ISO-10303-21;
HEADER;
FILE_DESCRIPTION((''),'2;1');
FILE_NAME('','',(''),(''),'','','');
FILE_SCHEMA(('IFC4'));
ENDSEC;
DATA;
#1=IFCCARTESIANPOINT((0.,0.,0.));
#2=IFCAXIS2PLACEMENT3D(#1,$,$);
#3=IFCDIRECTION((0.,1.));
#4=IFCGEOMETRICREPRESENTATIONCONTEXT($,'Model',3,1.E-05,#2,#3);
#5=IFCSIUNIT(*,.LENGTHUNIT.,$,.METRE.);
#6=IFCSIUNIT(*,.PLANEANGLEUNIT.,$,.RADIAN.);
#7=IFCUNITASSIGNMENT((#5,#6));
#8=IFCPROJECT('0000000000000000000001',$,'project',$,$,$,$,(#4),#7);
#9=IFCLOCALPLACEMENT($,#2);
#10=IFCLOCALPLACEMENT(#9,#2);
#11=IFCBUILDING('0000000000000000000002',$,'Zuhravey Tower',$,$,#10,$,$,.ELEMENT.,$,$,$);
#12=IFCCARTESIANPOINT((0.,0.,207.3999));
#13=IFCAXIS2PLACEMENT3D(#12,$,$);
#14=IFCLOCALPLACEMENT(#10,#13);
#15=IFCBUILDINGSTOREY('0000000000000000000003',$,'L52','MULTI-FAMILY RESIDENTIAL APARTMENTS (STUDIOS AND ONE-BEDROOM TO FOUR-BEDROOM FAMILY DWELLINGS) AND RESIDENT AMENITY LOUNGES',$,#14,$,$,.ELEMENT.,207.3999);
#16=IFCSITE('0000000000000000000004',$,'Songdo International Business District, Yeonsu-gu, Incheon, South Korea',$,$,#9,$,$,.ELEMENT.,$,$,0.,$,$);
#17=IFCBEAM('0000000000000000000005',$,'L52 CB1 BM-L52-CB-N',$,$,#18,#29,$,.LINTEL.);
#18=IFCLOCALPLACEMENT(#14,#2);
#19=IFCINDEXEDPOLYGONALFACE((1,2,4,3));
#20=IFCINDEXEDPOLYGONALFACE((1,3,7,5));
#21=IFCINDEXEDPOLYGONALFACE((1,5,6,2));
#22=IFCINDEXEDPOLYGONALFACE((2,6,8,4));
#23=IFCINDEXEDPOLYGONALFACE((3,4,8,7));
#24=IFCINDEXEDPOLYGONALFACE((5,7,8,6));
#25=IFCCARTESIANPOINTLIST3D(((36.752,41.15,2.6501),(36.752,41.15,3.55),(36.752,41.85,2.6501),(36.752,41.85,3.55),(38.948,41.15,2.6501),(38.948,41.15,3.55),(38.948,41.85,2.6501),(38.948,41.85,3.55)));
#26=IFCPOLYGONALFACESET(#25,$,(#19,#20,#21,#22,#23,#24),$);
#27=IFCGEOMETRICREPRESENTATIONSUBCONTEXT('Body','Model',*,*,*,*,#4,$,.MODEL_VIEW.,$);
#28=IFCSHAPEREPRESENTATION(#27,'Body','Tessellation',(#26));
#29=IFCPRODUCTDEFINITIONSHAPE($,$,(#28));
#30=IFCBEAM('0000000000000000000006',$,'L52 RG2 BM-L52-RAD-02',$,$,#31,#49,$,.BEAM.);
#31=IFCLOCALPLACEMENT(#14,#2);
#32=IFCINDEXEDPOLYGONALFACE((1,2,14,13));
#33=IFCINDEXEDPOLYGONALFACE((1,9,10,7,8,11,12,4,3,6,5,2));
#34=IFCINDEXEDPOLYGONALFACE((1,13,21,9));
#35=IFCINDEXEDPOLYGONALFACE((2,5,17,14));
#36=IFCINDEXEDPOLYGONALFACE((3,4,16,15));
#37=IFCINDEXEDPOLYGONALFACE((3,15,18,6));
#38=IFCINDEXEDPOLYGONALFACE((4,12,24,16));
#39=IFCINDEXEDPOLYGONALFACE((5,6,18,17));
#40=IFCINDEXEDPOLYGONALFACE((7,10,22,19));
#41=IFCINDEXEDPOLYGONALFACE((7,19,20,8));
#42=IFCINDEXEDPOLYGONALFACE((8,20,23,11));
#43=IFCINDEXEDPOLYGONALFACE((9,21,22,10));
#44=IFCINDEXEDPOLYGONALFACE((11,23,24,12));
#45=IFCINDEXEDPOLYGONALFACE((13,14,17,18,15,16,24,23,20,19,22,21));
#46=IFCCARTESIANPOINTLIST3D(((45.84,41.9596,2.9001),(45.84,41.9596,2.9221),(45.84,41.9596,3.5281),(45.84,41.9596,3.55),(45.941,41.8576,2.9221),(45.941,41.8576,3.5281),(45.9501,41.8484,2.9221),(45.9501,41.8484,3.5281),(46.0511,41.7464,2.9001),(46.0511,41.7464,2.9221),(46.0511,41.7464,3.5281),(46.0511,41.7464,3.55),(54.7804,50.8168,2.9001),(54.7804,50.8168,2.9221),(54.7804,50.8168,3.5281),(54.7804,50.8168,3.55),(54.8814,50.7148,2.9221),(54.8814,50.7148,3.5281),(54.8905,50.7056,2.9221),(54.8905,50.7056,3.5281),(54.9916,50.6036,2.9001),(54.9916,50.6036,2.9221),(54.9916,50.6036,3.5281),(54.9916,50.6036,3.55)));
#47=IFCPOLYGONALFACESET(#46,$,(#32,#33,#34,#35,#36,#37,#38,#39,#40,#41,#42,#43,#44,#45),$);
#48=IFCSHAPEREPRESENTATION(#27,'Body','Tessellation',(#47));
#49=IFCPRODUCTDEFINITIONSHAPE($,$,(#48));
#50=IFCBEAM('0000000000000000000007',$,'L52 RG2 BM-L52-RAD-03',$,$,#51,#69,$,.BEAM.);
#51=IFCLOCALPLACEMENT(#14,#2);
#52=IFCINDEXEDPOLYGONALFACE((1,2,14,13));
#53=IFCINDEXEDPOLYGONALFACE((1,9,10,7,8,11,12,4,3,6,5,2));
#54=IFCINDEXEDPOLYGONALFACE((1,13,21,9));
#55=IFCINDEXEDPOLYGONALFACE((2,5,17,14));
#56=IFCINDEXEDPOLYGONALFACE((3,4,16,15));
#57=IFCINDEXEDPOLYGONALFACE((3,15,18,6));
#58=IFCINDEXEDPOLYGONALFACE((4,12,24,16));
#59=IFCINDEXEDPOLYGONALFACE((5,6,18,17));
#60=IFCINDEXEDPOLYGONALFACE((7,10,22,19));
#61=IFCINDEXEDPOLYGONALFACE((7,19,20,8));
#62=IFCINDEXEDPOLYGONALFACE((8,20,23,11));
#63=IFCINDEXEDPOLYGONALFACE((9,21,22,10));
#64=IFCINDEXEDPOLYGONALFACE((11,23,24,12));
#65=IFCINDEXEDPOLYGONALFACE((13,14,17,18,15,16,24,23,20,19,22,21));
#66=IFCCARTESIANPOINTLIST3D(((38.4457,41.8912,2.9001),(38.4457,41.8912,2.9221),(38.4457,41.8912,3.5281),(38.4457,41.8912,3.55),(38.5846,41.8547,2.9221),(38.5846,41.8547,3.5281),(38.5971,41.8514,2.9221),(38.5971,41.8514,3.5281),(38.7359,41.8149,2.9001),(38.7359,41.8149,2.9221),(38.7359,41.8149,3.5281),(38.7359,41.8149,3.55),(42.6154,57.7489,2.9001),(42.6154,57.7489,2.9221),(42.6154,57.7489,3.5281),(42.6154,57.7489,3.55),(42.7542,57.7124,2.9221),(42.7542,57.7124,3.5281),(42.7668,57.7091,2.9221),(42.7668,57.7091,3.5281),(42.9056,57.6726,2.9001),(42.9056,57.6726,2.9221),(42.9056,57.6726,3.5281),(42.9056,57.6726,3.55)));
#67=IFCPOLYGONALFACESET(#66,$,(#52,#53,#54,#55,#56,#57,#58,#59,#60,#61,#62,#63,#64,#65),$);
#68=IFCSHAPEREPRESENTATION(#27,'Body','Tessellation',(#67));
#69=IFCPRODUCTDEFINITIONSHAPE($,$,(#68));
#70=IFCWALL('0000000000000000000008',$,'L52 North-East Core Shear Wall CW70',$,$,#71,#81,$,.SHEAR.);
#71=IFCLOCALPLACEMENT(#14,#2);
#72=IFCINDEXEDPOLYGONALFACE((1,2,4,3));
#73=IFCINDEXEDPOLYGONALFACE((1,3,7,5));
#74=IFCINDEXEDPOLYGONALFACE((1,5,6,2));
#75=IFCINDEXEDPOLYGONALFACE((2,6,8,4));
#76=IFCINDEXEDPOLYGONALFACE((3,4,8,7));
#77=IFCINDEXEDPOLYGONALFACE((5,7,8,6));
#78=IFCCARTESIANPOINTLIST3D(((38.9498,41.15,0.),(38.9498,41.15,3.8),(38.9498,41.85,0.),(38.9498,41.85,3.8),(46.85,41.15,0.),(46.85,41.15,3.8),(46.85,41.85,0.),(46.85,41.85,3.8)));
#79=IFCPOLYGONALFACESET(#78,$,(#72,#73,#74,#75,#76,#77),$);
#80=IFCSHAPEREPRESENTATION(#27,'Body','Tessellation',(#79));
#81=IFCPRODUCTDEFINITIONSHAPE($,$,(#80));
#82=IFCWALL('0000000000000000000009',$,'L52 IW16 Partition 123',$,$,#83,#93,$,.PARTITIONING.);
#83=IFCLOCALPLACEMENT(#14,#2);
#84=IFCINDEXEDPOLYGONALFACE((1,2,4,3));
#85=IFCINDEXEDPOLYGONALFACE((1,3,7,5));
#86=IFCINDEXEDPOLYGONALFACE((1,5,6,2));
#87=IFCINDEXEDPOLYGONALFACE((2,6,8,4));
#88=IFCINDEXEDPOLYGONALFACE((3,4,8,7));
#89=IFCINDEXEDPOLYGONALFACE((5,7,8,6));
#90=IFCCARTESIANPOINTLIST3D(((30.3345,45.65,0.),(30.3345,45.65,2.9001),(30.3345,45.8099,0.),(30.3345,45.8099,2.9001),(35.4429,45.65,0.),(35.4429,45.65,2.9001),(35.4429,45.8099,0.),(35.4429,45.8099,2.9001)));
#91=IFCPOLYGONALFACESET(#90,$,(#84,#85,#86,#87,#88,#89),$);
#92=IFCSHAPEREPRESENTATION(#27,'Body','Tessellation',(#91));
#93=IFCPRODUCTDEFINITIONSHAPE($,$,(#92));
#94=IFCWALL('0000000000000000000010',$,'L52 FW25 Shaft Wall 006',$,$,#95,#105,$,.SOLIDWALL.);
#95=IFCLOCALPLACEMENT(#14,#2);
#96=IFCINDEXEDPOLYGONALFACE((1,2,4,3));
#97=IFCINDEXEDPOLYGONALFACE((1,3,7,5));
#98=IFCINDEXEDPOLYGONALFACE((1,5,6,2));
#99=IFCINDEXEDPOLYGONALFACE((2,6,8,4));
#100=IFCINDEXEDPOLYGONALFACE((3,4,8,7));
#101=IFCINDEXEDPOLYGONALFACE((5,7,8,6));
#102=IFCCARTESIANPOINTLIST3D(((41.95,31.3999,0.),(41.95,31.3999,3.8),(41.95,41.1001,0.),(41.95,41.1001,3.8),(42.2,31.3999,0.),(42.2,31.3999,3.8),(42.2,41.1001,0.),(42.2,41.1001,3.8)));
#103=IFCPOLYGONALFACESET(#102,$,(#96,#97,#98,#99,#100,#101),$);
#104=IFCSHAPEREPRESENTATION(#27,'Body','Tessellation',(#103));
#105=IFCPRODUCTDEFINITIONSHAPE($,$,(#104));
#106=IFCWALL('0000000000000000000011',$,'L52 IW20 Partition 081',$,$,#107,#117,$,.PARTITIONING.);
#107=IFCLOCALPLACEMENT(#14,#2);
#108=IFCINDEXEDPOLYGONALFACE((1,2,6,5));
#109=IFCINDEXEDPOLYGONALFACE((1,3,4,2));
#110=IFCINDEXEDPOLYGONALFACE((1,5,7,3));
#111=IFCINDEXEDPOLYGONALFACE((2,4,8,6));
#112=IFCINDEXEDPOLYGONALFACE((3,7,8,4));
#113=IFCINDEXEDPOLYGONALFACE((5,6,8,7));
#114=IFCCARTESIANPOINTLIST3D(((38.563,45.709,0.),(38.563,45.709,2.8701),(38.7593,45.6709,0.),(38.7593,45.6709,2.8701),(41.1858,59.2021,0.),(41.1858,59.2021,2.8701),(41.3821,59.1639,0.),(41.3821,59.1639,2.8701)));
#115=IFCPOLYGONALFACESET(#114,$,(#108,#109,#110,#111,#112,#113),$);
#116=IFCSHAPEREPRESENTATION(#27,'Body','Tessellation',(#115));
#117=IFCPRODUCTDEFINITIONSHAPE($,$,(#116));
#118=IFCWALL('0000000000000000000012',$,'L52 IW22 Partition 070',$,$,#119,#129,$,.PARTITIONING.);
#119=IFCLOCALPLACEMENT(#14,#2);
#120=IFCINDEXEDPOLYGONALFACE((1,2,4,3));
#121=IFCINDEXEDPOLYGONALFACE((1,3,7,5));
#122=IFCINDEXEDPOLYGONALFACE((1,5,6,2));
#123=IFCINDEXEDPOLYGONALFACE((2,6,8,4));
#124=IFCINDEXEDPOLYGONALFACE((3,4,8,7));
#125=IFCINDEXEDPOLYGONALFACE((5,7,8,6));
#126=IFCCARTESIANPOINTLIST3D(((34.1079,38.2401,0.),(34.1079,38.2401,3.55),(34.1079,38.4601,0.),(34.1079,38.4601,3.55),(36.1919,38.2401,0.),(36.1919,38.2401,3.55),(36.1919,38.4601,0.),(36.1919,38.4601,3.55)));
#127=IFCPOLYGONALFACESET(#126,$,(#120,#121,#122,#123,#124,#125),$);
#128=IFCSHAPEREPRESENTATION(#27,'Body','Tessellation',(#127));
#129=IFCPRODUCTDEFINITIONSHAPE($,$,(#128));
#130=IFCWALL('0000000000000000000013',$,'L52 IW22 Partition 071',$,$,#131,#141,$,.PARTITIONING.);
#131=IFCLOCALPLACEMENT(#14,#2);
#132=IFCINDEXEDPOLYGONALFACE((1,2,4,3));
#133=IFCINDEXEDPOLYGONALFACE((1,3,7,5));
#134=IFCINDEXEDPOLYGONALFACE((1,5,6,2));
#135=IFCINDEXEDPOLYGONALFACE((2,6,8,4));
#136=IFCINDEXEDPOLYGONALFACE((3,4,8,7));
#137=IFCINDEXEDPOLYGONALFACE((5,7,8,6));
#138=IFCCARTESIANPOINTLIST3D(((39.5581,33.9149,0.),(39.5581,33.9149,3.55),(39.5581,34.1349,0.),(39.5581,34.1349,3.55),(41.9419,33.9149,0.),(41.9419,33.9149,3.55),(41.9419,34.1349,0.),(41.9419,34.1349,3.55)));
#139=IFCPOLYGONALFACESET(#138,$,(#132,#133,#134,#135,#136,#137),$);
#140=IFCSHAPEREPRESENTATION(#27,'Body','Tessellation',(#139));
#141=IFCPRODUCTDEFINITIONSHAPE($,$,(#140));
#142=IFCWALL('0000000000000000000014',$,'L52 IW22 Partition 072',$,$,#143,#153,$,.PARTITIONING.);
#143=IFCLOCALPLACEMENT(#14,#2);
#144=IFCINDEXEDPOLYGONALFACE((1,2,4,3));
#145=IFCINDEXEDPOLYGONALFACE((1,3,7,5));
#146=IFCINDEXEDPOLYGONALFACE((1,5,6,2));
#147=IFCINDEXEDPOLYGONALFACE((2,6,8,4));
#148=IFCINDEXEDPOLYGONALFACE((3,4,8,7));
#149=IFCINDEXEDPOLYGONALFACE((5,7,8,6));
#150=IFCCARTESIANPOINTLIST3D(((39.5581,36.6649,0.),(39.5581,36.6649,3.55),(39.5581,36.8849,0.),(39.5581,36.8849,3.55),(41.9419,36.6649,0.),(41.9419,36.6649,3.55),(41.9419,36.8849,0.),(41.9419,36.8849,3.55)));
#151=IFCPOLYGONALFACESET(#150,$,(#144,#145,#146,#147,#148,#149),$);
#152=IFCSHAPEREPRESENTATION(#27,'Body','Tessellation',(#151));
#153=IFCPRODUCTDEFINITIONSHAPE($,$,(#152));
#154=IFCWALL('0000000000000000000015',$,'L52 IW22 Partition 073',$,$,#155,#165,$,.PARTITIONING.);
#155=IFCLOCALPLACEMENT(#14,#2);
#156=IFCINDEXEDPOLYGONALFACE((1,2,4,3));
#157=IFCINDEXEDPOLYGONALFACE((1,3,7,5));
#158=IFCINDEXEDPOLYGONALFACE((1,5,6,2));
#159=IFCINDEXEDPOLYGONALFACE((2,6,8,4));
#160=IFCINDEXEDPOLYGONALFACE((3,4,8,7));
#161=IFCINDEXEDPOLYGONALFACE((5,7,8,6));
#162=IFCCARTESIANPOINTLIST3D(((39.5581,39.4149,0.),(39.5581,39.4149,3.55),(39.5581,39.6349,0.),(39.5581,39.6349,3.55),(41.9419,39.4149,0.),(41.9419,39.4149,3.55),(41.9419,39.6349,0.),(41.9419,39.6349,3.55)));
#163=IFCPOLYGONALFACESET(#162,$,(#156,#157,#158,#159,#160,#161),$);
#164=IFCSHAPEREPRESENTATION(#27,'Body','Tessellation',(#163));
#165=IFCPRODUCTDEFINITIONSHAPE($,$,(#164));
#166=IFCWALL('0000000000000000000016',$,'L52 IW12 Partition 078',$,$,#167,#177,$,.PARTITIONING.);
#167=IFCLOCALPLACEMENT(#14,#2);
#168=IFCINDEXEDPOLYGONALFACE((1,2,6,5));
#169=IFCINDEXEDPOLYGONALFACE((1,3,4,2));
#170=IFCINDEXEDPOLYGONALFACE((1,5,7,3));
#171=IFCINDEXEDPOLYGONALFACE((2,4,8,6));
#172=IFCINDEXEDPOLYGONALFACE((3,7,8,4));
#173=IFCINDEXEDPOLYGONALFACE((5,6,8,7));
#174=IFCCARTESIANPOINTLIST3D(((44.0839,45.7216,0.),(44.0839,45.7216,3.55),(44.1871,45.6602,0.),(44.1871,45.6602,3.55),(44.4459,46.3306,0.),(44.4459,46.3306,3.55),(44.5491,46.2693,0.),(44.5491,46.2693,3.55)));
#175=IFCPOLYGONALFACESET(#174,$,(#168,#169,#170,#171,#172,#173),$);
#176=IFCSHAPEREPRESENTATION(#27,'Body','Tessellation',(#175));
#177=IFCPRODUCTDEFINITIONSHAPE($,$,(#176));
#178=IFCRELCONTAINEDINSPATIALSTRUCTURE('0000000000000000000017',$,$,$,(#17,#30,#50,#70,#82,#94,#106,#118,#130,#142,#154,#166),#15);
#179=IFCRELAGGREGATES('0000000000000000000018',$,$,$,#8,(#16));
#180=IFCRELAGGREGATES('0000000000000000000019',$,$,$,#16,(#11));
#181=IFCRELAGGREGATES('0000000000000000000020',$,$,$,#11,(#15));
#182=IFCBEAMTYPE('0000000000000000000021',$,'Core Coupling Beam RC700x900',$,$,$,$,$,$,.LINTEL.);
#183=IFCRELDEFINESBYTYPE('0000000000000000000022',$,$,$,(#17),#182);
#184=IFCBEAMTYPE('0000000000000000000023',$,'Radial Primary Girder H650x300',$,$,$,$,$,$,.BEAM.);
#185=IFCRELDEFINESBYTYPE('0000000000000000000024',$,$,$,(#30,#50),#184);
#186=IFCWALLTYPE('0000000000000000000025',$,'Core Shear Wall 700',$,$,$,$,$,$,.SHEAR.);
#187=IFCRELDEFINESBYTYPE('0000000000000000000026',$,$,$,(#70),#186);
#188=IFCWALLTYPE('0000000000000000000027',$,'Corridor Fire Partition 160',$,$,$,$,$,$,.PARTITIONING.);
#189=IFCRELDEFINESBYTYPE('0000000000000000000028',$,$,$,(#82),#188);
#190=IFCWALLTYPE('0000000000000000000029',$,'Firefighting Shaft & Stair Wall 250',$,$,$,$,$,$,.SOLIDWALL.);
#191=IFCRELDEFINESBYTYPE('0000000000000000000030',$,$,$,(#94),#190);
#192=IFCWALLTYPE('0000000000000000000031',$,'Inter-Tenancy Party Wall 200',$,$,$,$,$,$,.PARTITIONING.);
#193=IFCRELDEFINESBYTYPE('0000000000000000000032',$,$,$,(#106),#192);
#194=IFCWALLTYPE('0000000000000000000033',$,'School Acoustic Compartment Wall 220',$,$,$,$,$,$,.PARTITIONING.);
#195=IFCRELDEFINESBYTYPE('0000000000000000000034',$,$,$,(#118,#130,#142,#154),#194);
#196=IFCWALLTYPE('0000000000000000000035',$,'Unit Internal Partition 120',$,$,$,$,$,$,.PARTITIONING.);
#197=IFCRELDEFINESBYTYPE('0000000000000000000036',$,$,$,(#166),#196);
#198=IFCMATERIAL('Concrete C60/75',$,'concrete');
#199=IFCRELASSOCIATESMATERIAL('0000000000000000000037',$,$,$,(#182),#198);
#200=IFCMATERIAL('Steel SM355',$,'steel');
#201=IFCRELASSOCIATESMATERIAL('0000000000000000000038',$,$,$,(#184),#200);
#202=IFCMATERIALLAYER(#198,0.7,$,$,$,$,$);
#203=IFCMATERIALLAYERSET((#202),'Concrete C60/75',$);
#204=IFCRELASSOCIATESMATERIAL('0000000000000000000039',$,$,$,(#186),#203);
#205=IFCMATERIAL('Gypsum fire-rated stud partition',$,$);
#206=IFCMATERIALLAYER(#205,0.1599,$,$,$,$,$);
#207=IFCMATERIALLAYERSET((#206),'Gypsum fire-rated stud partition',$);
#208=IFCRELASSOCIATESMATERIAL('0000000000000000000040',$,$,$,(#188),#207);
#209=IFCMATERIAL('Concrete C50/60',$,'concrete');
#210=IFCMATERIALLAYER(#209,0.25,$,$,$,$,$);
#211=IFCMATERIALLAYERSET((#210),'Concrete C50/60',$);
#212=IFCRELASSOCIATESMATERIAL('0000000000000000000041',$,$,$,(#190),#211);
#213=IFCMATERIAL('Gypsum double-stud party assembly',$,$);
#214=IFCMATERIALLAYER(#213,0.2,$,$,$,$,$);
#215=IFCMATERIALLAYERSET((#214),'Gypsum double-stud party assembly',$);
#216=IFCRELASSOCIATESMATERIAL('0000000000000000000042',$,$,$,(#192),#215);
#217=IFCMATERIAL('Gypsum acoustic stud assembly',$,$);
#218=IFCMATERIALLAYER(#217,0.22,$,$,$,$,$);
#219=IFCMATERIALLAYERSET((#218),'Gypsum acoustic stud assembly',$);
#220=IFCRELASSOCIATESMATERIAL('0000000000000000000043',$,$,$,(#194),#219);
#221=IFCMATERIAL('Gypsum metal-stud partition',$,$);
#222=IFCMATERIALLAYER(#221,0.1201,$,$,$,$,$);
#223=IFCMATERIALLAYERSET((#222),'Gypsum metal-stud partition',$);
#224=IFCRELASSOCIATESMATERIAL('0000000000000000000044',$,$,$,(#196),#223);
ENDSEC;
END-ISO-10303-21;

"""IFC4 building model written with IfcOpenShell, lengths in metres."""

from ifc_helpers import new_model, si_unit, direction, frame, frame_2d, origin, origin_2d, place, context, subcontext, project, spatial, rectangle, i_section, extrude, material, layer, layer_set, material_profile, profile_set, type_object, element, save


model = new_model("IFC4")

# Units and contexts
model_context = context("Model", 3, precision=1e-05, world=origin(), true_north=direction((0.0, 1.0)))
body_context = subcontext(model_context, "Body", "Model", "MODEL_VIEW")
ifc_project = project(units=[si_unit("LENGTHUNIT", "METRE"), si_unit("PLANEANGLEUNIT", "RADIAN")], contexts=[model_context])

# Site, building, storey
site_placement = place(None, origin())
site = spatial("IfcSite", under=ifc_project, at=site_placement, Name="Songdo International Business District, Yeonsu-gu, Incheon, South Korea", CompositionType="ELEMENT", RefElevation=0.0)
building_placement = place(site_placement, origin())
building = spatial("IfcBuilding", under=site, at=building_placement, Name="Zuhravey Tower", CompositionType="ELEMENT")
storey_placement = place(building_placement, frame((0.0, 0.0, 207.3999)))
storey = spatial("IfcBuildingStorey", under=building, at=storey_placement, Name="L52", Description="MULTI-FAMILY RESIDENTIAL APARTMENTS (STUDIOS AND ONE-BEDROOM TO FOUR-BEDROOM FAMILY DWELLINGS) AND RESIDENT AMENITY LOUNGES", CompositionType="ELEMENT", Elevation=207.3999)

# Beams
ifc_material_1 = material(Name="Concrete C60/75", Category="concrete")
ifc_material_profile_1 = material_profile(ifc_material_1, rectangle(XDim=0.7, YDim=0.8999, at=origin_2d()), Name="RC-700x900")
ifc_profile_set_1 = profile_set([ifc_material_profile_1], Name="Concrete C60/75")
beam_type_1 = type_object("IfcBeamType", Name="Core Coupling Beam RC700x900", PredefinedType="LINTEL", material=ifc_profile_set_1)
beam_1_placement = place(storey_placement, frame((36.752, 41.5, 3.1001), z_axis=(1.0, 0.0, 0.0), x_axis=(0.0, 1.0, 0.0)))
element("IfcBeam", 1, at=beam_1_placement, inside=storey, type_object=beam_type_1, Name="L52 CB1 BM-L52-CB-N", PredefinedType="LINTEL", context=body_context, shape_type="SweptSolid", body=[
    extrude(rectangle(XDim=0.7, YDim=0.8999, at=origin_2d()), origin(), (0.0, 0.0, 1.0), 2.196),
])
ifc_material_2 = material(Name="Steel SM355", Category="steel")
ifc_material_profile_2 = material_profile(ifc_material_2, i_section(OverallWidth=0.3, OverallDepth=0.6499, WebThickness=0.0129, FlangeThickness=0.022, at=origin_2d()), Name="H-650x300x13x22")
ifc_profile_set_2 = profile_set([ifc_material_profile_2], Name="Steel SM355")
beam_type_2 = type_object("IfcBeamType", Name="Radial Primary Girder H650x300", PredefinedType="BEAM", material=ifc_profile_set_2)
beam_2_placement = place(storey_placement, frame((45.9456, 41.853, 3.2251), z_axis=(0.710407, 0.703791, 0.0), x_axis=(-0.703791, 0.710407, 0.0)))
element("IfcBeam", 2, at=beam_2_placement, inside=storey, type_object=beam_type_2, Name="L52 RG2 BM-L52-RAD-02", PredefinedType="BEAM", context=body_context, shape_type="SweptSolid", body=[
    extrude(i_section(OverallWidth=0.3, OverallDepth=0.6499, WebThickness=0.0129, FlangeThickness=0.022, at=origin_2d()), origin(), (0.0, 0.0, 1.0), 12.585),
])
beam_3_placement = place(storey_placement, frame((38.5908, 41.853, 3.2251), z_axis=(0.2543, 0.967125, 0.0), x_axis=(-0.967125, 0.2543, 0.0)))
element("IfcBeam", 3, at=beam_3_placement, inside=storey, type_object=beam_type_2, Name="L52 RG2 BM-L52-RAD-03", PredefinedType="BEAM", context=body_context, shape_type="SweptSolid", body=[
    extrude(i_section(OverallWidth=0.3, OverallDepth=0.6499, WebThickness=0.0129, FlangeThickness=0.022, at=origin_2d()), origin(), (0.0, 0.0, 1.0), 16.3967),
])

# Wall
ifc_layer_1 = layer(ifc_material_1, 0.7)
ifc_layer_set_1 = layer_set([ifc_layer_1], Name="Concrete C60/75")
wall_type_1 = type_object("IfcWallType", Name="Core Shear Wall 700", PredefinedType="SHEAR", material=ifc_layer_set_1)
wall_1_placement = place(storey_placement, frame((46.8501, 41.5, 0.0), z_axis=(0.0, 0.0, 1.0), x_axis=(-1.0, 0.0, 0.0)))
element("IfcWall", 4, at=wall_1_placement, inside=storey, type_object=wall_type_1, Name="L52 North-East Core Shear Wall CW70", PredefinedType="SHEAR", context=body_context, shape_type="SweptSolid", body=[
    extrude(rectangle(XDim=7.9001, YDim=0.7, at=frame_2d((3.9502, 0.0))), origin(), (0.0, 0.0, 1.0), 3.8),
])

# Shared definitions
ifc_material_3 = material(Name="Gypsum fire-rated stud partition")
ifc_layer_2 = layer(ifc_material_3, 0.1599)
ifc_layer_set_2 = layer_set([ifc_layer_2], Name="Gypsum fire-rated stud partition")
wall_type_2 = type_object("IfcWallType", Name="Corridor Fire Partition 160", PredefinedType="PARTITIONING", material=ifc_layer_set_2)

# Wall
wall_2_placement = place(storey_placement, frame((35.4429, 45.73, 0.0), z_axis=(0.0, 0.0, 1.0), x_axis=(-1.0, 0.0, 0.0)))
element("IfcWall", 5, at=wall_2_placement, inside=storey, type_object=wall_type_2, Name="L52 IW16 Partition 123", PredefinedType="PARTITIONING", context=body_context, shape_type="SweptSolid", body=[
    extrude(rectangle(XDim=5.1084, YDim=0.1599, at=frame_2d((2.5542, 0.0))), origin(), (0.0, 0.0, 1.0), 2.9001),
])

# Shared definitions
ifc_material_4 = material(Name="Concrete C50/60", Category="concrete")
ifc_layer_3 = layer(ifc_material_4, 0.25)
ifc_layer_set_3 = layer_set([ifc_layer_3], Name="Concrete C50/60")
wall_type_3 = type_object("IfcWallType", Name="Firefighting Shaft & Stair Wall 250", PredefinedType="SOLIDWALL", material=ifc_layer_set_3)

# Walls
wall_3_placement = place(storey_placement, frame((42.075, 31.3999, 0.0), z_axis=(0.0, 0.0, 1.0), x_axis=(0.0, 1.0, 0.0)))
element("IfcWall", 6, at=wall_3_placement, inside=storey, type_object=wall_type_3, Name="L52 FW25 Shaft Wall 006", PredefinedType="SOLIDWALL", context=body_context, shape_type="SweptSolid", body=[
    extrude(rectangle(XDim=9.7002, YDim=0.25, at=frame_2d((4.8501, 0.0))), origin(), (0.0, 0.0, 1.0), 3.8),
])
ifc_material_5 = material(Name="Gypsum double-stud party assembly")
ifc_layer_4 = layer(ifc_material_5, 0.2)
ifc_layer_set_4 = layer_set([ifc_layer_4], Name="Gypsum double-stud party assembly")
wall_type_4 = type_object("IfcWallType", Name="Inter-Tenancy Party Wall 200", PredefinedType="PARTITIONING", material=ifc_layer_set_4)
wall_4_placement = place(storey_placement, frame((38.6611, 45.6899, 0.0), z_axis=(0.0, 0.0, 1.0), x_axis=(0.190809, 0.981627, 0.0)))
element("IfcWall", 7, at=wall_4_placement, inside=storey, type_object=wall_type_4, Name="L52 IW20 Partition 081", PredefinedType="PARTITIONING", context=body_context, shape_type="SweptSolid", body=[
    extrude(rectangle(XDim=13.7456, YDim=0.2, at=frame_2d((6.8728, 0.0))), origin(), (0.0, 0.0, 1.0), 2.8701),
])
ifc_material_6 = material(Name="Gypsum acoustic stud assembly")
ifc_layer_5 = layer(ifc_material_6, 0.22)
ifc_layer_set_5 = layer_set([ifc_layer_5], Name="Gypsum acoustic stud assembly")
wall_type_5 = type_object("IfcWallType", Name="School Acoustic Compartment Wall 220", PredefinedType="PARTITIONING", material=ifc_layer_set_5)
wall_5_placement = place(storey_placement, frame((34.1079, 38.3501, 0.0), z_axis=(0.0, 0.0, 1.0), x_axis=(1.0, 0.0, 0.0)))
element("IfcWall", 8, at=wall_5_placement, inside=storey, type_object=wall_type_5, Name="L52 IW22 Partition 070", PredefinedType="PARTITIONING", context=body_context, shape_type="SweptSolid", body=[
    extrude(rectangle(XDim=2.084, YDim=0.22, at=frame_2d((1.042, 0.0))), origin(), (0.0, 0.0, 1.0), 3.55),
])
for number, where, z_axis, x_axis, name in (
    (9, (39.5581, 34.0249, 0.0), (0.0, 0.0, 1.0), (1.0, 0.0, 0.0), "L52 IW22 Partition 071"),
    (10, (39.5581, 36.7749, 0.0), (0.0, 0.0, 1.0), (1.0, 0.0, 0.0), "L52 IW22 Partition 072"),
    (11, (39.5581, 39.5249, 0.0), (0.0, 0.0, 1.0), (1.0, 0.0, 0.0), "L52 IW22 Partition 073"),
):
    element("IfcWall", number, at=place(storey_placement, frame(where, z_axis=z_axis, x_axis=x_axis)), inside=storey, type_object=wall_type_5, Name=name, PredefinedType="PARTITIONING", context=body_context, shape_type="SweptSolid", body=[
        extrude(rectangle(XDim=2.3838, YDim=0.22, at=frame_2d((1.1919, 0.0))), origin(), (0.0, 0.0, 1.0), 3.55),
    ])
ifc_material_7 = material(Name="Gypsum metal-stud partition")
ifc_layer_6 = layer(ifc_material_7, 0.1201)
ifc_layer_set_6 = layer_set([ifc_layer_6], Name="Gypsum metal-stud partition")
wall_type_6 = type_object("IfcWallType", Name="Unit Internal Partition 120", PredefinedType="PARTITIONING", material=ifc_layer_set_6)
wall_6_placement = place(storey_placement, frame((44.1355, 45.6909, 0.0), z_axis=(0.0, 0.0, 1.0), x_axis=(0.510945, 0.859614, 0.0)))
element("IfcWall", 12, at=wall_6_placement, inside=storey, type_object=wall_type_6, Name="L52 IW12 Partition 078", PredefinedType="PARTITIONING", context=body_context, shape_type="SweptSolid", body=[
    extrude(rectangle(XDim=0.7085, YDim=0.1201, at=frame_2d((0.3542, 0.0))), origin(), (0.0, 0.0, 1.0), 3.55),
])

save(model, "model.ifc")
